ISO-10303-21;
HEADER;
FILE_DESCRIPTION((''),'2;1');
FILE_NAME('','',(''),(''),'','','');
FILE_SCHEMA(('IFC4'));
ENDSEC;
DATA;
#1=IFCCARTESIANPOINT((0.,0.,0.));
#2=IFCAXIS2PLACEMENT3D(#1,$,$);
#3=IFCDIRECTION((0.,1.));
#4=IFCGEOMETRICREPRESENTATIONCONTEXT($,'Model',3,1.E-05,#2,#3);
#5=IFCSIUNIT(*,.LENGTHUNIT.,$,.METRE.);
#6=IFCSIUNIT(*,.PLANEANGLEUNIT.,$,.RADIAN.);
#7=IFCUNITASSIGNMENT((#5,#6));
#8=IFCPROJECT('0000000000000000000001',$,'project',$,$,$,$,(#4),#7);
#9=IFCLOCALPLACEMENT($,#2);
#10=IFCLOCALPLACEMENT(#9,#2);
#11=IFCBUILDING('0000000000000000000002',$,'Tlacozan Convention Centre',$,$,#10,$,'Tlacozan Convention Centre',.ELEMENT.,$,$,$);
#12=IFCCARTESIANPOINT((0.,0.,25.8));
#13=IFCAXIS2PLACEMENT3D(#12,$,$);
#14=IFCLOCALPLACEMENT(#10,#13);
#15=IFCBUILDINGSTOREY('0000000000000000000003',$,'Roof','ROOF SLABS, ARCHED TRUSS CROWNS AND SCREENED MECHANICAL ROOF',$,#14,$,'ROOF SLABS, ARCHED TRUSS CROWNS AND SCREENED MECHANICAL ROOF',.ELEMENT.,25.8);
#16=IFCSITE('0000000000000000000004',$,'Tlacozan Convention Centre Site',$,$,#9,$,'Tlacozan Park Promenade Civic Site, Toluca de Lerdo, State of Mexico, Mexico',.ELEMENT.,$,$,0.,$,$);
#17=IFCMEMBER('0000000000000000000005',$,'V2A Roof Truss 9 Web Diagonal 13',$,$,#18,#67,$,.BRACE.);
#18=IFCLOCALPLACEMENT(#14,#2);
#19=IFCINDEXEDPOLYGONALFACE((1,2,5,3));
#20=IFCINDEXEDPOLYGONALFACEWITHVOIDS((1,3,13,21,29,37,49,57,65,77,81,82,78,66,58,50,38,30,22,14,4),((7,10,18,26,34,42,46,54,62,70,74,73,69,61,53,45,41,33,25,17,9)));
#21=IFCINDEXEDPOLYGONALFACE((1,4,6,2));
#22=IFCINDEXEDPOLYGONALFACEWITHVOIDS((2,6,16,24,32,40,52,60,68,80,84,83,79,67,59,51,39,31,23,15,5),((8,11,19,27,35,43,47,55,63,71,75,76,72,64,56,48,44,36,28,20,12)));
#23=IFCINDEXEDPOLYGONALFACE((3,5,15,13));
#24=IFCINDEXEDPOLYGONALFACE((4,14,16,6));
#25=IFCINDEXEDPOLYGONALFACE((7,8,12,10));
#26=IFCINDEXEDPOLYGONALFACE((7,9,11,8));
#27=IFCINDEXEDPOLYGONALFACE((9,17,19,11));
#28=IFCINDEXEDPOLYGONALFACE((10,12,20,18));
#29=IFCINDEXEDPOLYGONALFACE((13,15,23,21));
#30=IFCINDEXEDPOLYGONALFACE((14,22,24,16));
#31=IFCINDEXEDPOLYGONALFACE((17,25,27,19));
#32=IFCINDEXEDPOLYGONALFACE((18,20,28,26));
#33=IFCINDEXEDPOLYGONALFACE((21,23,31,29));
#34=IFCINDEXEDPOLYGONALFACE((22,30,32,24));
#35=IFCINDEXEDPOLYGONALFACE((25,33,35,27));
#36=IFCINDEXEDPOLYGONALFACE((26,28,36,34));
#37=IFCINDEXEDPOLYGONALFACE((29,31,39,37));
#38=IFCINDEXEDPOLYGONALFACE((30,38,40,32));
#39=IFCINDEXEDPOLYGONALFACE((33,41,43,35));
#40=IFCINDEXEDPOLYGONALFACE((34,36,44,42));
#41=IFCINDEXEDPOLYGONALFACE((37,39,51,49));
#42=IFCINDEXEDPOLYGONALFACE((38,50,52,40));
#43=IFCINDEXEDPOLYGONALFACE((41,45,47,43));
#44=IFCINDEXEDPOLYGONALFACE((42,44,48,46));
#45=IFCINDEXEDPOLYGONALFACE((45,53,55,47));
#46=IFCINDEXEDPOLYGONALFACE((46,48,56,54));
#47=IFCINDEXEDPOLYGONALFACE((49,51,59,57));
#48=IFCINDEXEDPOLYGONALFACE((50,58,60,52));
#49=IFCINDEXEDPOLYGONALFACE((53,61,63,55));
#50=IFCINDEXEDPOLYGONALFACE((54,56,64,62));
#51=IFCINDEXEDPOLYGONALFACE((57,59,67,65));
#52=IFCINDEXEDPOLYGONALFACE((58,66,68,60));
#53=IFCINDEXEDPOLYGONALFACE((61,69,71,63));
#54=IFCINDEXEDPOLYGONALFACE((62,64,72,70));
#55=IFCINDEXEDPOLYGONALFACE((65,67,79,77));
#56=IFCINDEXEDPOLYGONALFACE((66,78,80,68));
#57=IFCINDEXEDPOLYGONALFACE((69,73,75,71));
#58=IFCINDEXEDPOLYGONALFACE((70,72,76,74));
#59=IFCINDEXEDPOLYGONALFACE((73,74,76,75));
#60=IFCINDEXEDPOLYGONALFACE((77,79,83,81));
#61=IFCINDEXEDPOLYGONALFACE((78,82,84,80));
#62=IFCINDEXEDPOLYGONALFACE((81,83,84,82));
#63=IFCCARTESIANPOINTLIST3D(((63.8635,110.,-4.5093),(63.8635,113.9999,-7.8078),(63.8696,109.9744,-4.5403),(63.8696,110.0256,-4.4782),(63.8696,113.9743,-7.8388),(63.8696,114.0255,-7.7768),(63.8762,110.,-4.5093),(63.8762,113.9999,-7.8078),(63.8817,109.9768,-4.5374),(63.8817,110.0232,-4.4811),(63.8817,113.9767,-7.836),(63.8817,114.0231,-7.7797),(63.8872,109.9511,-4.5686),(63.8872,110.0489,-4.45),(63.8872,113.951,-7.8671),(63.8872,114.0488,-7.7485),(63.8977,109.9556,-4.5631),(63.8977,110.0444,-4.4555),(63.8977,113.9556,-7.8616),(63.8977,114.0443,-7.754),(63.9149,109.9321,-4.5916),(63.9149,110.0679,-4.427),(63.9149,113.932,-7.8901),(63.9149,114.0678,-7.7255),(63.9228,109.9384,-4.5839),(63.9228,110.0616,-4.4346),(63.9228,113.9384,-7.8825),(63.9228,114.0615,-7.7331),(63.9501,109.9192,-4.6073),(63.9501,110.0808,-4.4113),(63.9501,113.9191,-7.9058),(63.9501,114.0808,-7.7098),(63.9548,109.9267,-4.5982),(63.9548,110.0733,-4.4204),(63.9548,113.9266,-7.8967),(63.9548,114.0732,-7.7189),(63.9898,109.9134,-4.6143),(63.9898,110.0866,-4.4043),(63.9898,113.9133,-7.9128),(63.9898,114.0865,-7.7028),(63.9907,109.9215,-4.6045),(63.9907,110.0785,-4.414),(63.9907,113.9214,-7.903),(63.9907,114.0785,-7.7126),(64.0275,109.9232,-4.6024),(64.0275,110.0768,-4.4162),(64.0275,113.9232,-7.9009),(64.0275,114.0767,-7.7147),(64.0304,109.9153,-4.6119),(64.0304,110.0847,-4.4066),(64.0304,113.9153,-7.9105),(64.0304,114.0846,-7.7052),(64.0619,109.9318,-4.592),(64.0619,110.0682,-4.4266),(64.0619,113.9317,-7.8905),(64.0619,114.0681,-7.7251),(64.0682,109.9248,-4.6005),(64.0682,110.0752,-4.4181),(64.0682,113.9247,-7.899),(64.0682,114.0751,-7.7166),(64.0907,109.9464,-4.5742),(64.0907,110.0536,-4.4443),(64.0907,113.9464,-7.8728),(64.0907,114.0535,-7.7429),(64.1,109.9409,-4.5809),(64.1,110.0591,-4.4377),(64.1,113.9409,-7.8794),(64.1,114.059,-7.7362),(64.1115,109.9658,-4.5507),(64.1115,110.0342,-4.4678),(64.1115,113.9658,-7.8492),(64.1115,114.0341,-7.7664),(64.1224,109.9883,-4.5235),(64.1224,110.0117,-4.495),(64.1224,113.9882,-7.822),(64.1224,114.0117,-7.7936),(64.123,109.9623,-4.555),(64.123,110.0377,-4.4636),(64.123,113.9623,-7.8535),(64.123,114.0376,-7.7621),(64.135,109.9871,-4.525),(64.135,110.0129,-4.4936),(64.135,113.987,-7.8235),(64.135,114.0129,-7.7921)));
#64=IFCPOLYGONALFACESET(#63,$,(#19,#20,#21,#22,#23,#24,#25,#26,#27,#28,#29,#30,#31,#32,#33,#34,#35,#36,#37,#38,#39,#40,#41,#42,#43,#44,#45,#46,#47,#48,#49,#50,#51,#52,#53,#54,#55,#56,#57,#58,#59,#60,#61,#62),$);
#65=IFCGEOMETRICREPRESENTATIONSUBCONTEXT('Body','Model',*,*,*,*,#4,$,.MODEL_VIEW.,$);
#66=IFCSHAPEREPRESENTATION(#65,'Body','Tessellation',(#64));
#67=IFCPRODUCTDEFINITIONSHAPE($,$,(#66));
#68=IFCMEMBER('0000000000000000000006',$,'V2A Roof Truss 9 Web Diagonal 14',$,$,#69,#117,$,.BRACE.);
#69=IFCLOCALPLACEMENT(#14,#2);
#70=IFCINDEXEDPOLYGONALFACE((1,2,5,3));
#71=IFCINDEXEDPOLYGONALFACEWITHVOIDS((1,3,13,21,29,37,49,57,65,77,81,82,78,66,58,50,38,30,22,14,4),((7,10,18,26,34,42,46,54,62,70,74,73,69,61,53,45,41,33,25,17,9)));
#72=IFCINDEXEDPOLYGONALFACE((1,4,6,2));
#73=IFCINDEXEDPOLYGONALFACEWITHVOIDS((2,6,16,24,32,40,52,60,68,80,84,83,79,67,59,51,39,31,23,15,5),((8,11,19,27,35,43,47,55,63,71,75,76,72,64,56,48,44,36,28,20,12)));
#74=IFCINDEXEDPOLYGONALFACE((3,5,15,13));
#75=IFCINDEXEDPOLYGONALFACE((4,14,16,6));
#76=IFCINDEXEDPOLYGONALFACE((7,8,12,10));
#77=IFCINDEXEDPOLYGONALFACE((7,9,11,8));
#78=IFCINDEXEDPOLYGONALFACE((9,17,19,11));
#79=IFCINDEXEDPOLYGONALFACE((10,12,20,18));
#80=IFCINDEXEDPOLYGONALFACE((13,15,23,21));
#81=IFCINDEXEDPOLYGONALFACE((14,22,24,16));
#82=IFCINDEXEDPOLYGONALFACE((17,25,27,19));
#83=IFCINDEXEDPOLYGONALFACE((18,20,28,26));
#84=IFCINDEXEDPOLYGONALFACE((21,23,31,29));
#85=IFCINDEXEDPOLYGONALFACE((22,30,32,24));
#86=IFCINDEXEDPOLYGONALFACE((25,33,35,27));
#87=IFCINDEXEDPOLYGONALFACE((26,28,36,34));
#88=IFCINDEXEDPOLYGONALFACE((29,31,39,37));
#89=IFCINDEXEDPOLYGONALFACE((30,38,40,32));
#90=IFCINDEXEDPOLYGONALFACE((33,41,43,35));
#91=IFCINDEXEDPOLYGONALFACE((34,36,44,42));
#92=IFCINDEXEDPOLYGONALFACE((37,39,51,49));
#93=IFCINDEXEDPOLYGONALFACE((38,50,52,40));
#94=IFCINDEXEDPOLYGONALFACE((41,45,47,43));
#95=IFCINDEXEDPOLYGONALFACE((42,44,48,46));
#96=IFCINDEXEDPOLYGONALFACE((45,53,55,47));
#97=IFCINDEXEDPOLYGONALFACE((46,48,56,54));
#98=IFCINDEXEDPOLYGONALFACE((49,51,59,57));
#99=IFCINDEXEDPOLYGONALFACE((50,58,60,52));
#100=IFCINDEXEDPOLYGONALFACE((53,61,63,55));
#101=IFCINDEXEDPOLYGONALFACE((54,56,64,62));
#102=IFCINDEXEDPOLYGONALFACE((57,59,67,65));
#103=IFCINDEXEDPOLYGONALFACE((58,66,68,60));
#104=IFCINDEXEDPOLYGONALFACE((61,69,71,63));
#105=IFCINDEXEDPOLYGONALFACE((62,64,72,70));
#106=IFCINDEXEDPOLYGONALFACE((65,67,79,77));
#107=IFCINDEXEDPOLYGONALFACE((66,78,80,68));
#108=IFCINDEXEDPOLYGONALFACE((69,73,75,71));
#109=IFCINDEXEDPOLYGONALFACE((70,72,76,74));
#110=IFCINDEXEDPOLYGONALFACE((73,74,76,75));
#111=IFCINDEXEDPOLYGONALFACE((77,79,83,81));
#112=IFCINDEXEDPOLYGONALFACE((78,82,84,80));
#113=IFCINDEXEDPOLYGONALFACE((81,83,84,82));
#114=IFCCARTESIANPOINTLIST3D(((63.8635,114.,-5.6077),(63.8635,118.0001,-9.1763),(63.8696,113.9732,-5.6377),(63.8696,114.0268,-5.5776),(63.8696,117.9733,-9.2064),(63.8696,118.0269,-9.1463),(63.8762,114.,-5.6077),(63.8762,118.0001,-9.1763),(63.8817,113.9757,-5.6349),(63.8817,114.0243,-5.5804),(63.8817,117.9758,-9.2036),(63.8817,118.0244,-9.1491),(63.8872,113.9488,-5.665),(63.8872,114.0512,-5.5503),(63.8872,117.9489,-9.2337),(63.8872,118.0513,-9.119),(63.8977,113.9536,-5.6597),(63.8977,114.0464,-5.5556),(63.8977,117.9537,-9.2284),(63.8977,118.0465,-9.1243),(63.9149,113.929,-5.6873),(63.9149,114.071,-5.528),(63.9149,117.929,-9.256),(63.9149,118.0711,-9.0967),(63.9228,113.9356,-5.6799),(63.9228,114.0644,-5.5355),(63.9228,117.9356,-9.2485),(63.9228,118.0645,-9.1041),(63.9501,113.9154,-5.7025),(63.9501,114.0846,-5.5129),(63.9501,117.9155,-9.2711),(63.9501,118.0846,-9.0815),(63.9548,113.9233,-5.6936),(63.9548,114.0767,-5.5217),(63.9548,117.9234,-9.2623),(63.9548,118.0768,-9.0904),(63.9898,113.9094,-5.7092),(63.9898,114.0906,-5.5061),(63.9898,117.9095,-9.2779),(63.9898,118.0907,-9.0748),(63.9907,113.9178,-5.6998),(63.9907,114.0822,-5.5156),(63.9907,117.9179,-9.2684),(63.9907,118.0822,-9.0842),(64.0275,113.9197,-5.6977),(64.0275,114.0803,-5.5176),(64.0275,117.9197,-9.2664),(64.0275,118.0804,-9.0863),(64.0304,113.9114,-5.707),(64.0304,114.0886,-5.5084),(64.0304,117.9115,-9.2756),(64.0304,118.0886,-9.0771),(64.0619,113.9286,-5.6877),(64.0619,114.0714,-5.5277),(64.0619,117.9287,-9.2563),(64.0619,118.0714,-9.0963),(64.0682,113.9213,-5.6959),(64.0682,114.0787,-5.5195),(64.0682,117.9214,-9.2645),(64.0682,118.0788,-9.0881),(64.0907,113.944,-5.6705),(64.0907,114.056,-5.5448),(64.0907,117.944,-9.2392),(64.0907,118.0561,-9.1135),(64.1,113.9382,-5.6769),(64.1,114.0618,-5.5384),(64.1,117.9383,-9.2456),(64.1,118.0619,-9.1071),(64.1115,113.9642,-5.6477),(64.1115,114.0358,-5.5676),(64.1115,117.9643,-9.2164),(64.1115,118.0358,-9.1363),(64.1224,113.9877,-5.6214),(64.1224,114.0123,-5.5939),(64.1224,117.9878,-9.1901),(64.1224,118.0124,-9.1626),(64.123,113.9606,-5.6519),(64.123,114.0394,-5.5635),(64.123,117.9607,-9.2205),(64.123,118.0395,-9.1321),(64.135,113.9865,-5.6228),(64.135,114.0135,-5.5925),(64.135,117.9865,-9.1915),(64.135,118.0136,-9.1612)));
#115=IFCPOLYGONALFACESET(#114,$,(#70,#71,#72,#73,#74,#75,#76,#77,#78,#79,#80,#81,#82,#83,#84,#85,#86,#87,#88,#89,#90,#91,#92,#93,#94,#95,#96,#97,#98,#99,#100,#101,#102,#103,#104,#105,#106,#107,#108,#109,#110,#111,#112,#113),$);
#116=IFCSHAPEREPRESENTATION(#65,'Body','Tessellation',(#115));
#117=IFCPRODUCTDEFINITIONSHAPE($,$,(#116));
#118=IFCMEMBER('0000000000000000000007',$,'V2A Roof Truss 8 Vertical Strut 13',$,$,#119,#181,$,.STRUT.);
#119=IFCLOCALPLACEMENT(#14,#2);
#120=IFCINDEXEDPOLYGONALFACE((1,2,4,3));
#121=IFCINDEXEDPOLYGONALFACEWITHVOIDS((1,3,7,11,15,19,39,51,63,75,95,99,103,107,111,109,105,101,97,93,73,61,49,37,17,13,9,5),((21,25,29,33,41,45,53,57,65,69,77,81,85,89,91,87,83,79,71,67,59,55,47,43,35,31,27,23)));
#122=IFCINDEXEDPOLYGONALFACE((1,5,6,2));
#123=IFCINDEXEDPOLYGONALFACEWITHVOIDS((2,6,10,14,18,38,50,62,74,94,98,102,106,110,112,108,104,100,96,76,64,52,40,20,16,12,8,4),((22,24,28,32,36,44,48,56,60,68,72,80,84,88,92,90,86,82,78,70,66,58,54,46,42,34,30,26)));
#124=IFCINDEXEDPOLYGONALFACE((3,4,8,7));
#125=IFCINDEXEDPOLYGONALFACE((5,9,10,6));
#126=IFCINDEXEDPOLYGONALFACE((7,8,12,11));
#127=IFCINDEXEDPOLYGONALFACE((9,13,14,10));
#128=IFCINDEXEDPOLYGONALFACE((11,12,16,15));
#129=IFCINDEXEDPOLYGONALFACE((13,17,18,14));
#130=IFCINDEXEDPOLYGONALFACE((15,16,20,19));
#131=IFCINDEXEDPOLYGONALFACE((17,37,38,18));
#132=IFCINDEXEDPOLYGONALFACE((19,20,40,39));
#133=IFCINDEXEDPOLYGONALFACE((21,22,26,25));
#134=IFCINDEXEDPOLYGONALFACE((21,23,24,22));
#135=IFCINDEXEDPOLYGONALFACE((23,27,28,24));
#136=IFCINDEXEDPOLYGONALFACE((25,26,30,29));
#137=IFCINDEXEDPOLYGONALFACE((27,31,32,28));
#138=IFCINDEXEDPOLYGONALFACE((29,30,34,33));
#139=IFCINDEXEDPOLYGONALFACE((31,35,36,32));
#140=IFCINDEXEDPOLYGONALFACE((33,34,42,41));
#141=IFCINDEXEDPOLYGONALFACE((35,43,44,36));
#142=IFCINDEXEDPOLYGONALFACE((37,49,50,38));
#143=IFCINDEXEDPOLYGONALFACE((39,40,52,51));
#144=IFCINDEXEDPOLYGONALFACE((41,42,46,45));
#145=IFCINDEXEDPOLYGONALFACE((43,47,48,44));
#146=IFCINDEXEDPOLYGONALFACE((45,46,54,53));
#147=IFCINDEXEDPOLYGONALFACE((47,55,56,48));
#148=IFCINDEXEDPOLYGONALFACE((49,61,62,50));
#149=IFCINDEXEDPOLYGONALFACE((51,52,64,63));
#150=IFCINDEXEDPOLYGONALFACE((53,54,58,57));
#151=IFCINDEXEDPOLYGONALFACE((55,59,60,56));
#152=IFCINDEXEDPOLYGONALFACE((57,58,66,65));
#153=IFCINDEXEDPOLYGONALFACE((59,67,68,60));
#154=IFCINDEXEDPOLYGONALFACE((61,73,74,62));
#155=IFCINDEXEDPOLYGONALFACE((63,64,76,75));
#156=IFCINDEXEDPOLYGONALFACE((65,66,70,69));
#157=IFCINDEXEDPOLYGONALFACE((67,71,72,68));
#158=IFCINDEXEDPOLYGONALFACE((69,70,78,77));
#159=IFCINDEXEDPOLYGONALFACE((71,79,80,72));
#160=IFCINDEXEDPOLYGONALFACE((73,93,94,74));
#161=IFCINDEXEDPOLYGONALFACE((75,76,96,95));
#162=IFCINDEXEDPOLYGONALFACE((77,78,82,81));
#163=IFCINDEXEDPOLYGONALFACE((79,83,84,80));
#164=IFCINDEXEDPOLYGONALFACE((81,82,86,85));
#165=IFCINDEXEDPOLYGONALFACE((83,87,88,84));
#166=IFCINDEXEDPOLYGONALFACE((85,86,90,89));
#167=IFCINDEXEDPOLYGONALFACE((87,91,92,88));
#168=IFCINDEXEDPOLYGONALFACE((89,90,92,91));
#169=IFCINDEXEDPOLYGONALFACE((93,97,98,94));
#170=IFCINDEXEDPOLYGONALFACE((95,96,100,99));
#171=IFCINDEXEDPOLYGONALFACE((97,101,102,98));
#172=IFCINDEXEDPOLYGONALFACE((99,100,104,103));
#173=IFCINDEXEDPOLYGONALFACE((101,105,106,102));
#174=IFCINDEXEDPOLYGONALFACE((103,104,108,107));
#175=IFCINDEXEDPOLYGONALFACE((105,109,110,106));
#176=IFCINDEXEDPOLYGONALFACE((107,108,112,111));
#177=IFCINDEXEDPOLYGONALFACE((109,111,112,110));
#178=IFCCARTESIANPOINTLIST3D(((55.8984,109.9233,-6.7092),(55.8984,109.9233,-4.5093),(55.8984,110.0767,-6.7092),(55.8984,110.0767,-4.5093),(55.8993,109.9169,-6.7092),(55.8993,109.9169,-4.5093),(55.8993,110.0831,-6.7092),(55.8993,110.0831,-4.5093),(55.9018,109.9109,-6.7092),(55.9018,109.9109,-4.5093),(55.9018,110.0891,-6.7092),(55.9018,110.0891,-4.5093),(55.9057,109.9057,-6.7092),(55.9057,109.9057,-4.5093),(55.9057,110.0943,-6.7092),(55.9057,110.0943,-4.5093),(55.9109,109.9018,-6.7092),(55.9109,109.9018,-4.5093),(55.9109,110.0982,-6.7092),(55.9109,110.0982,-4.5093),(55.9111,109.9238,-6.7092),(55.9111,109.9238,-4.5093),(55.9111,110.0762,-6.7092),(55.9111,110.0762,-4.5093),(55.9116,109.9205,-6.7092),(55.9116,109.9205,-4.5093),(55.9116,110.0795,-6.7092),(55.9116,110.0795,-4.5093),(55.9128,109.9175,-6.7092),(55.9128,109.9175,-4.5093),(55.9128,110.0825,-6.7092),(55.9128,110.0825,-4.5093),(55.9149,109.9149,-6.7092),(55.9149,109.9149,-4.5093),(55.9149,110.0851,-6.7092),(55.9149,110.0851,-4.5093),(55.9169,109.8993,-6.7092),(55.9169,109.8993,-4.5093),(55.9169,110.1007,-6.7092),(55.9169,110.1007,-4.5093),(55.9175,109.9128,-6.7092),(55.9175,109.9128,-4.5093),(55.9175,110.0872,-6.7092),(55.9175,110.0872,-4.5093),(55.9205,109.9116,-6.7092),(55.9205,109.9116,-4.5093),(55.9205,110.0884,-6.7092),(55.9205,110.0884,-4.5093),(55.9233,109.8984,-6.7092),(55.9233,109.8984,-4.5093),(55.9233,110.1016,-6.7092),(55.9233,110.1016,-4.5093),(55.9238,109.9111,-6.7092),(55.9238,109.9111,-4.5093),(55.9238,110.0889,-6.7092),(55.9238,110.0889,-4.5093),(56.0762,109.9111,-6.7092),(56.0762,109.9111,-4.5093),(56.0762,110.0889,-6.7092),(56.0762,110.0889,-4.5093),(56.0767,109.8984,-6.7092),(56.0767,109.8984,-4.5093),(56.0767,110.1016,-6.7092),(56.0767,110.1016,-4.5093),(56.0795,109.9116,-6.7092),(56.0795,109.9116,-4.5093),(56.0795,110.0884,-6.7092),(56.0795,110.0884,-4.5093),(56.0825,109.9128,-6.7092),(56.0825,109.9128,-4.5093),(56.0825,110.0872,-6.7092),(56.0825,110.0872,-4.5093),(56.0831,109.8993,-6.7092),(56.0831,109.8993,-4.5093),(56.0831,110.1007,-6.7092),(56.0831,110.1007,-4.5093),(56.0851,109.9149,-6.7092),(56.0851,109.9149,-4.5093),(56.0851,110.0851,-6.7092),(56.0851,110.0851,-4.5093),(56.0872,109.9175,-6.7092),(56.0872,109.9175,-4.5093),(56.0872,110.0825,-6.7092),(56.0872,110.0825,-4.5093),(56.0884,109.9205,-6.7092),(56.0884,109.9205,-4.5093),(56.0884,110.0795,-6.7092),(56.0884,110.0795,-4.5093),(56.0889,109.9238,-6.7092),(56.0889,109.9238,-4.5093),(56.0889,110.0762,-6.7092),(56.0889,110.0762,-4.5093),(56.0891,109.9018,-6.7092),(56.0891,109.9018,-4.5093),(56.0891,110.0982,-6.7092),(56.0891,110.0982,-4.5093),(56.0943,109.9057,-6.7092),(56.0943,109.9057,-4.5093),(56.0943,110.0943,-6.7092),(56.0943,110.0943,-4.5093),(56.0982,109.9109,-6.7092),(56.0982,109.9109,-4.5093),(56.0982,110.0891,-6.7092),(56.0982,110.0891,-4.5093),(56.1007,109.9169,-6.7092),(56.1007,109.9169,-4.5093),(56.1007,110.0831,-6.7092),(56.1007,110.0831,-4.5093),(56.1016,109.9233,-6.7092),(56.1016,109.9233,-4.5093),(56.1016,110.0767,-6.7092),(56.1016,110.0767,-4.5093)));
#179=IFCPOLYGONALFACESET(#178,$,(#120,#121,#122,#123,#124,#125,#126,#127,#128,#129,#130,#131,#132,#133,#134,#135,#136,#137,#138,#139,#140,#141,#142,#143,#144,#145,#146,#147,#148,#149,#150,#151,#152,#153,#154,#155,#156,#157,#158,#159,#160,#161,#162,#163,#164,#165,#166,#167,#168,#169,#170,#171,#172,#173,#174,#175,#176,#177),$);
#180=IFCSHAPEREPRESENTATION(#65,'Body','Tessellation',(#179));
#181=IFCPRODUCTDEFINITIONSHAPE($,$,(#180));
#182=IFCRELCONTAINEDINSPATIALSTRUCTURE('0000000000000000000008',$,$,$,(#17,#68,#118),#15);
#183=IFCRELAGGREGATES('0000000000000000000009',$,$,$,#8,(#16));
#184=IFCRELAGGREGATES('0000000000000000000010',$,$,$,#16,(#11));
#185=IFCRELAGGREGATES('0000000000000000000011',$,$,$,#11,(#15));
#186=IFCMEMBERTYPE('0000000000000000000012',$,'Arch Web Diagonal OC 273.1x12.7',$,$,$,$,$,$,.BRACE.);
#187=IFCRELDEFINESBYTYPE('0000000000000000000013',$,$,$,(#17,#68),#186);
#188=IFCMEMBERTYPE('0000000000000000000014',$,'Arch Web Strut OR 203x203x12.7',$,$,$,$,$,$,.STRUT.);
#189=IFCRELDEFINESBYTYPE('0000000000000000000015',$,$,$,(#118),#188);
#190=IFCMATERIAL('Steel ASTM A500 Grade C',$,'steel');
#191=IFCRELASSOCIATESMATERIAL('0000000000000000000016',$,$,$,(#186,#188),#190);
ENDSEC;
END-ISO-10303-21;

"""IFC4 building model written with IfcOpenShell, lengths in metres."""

from ifc_helpers import new_model, si_unit, direction, frame, origin, origin_2d, place, context, subcontext, project, spatial, hollow_rectangle, hollow_circle, extrude, material, material_profile, profile_set, type_object, element, save


model = new_model("IFC4")

# Units and contexts
model_context = context("Model", 3, precision=1e-05, world=origin(), true_north=direction((0.0, 1.0)))
body_context = subcontext(model_context, "Body", "Model", "MODEL_VIEW")
ifc_project = project(units=[si_unit("LENGTHUNIT", "METRE"), si_unit("PLANEANGLEUNIT", "RADIAN")], contexts=[model_context])

# Site, building, storey
site_placement = place(None, origin())
site = spatial("IfcSite", under=ifc_project, at=site_placement, Name="Tlacozan Convention Centre Site", LongName="Tlacozan Park Promenade Civic Site, Toluca de Lerdo, State of Mexico, Mexico", CompositionType="ELEMENT", RefElevation=0.0)
building_placement = place(site_placement, origin())
building = spatial("IfcBuilding", under=site, at=building_placement, Name="Tlacozan Convention Centre", LongName="Tlacozan Convention Centre", CompositionType="ELEMENT")
storey_placement = place(building_placement, frame((0.0, 0.0, 25.8)))
storey = spatial("IfcBuildingStorey", under=building, at=storey_placement, Name="Roof", Description="ROOF SLABS, ARCHED TRUSS CROWNS AND SCREENED MECHANICAL ROOF", LongName="ROOF SLABS, ARCHED TRUSS CROWNS AND SCREENED MECHANICAL ROOF", CompositionType="ELEMENT", Elevation=25.8)

# Members
ifc_material_1 = material(Name="Steel ASTM A500 Grade C", Category="steel")
ifc_material_profile_1 = material_profile(ifc_material_1, hollow_circle(Radius=0.1365, WallThickness=0.0127, at=origin_2d()), Name="OC 273.1x12.7")
ifc_profile_set_1 = profile_set([ifc_material_profile_1], Name="Steel ASTM A500 Grade C")
member_type_1 = type_object("IfcMemberType", Name="Arch Web Diagonal OC 273.1x12.7", PredefinedType="BRACE", material=ifc_profile_set_1)
member_1_placement = place(storey_placement, frame((64.0, 110.0, -4.5093), z_axis=(0.0, 0.771507, -0.63622), x_axis=(-1.0, 0.0, 0.0)))
element("IfcMember", 1, at=member_1_placement, inside=storey, type_object=member_type_1, Name="V2A Roof Truss 9 Web Diagonal 13", PredefinedType="BRACE", context=body_context, shape_type="SweptSolid", body=[
    extrude(hollow_circle(Radius=0.1365, WallThickness=0.0127, at=origin_2d()), origin(), (0.0, 0.0, 1.0), 5.1846),
])
member_2_placement = place(storey_placement, frame((64.0, 114.0, -5.6077), z_axis=(0.0, 0.746199, -0.665722), x_axis=(-1.0, 0.0, 0.0)))
element("IfcMember", 2, at=member_2_placement, inside=storey, type_object=member_type_1, Name="V2A Roof Truss 9 Web Diagonal 14", PredefinedType="BRACE", context=body_context, shape_type="SweptSolid", body=[
    extrude(hollow_circle(Radius=0.1365, WallThickness=0.0127, at=origin_2d()), origin(), (0.0, 0.0, 1.0), 5.3606),
])
ifc_material_profile_2 = material_profile(ifc_material_1, hollow_rectangle(XDim=0.2031, YDim=0.2031, WallThickness=0.0127, InnerFilletRadius=0.0127, OuterFilletRadius=0.0249, at=origin_2d()), Name="OR 203x203x12.7")
ifc_profile_set_2 = profile_set([ifc_material_profile_2], Name="Steel ASTM A500 Grade C")
member_type_2 = type_object("IfcMemberType", Name="Arch Web Strut OR 203x203x12.7", PredefinedType="STRUT", material=ifc_profile_set_2)
for number, where, z_axis, x_axis, name in (
    (3, (56.0, 110.0, -6.7092), (0.0, 0.0, 1.0), (1.0, 0.0, 0.0), "V2A Roof Truss 8 Vertical Strut 13"),
):
    element("IfcMember", number, at=place(storey_placement, frame(where, z_axis=z_axis, x_axis=x_axis)), inside=storey, type_object=member_type_2, Name=name, PredefinedType="STRUT", context=body_context, shape_type="SweptSolid", body=[
        extrude(hollow_rectangle(XDim=0.2031, YDim=0.2031, WallThickness=0.0127, InnerFilletRadius=0.0127, OuterFilletRadius=0.0249, at=origin_2d()), origin(), (0.0, 0.0, 1.0), 2.2),
    ])

save(model, "model.ifc")
